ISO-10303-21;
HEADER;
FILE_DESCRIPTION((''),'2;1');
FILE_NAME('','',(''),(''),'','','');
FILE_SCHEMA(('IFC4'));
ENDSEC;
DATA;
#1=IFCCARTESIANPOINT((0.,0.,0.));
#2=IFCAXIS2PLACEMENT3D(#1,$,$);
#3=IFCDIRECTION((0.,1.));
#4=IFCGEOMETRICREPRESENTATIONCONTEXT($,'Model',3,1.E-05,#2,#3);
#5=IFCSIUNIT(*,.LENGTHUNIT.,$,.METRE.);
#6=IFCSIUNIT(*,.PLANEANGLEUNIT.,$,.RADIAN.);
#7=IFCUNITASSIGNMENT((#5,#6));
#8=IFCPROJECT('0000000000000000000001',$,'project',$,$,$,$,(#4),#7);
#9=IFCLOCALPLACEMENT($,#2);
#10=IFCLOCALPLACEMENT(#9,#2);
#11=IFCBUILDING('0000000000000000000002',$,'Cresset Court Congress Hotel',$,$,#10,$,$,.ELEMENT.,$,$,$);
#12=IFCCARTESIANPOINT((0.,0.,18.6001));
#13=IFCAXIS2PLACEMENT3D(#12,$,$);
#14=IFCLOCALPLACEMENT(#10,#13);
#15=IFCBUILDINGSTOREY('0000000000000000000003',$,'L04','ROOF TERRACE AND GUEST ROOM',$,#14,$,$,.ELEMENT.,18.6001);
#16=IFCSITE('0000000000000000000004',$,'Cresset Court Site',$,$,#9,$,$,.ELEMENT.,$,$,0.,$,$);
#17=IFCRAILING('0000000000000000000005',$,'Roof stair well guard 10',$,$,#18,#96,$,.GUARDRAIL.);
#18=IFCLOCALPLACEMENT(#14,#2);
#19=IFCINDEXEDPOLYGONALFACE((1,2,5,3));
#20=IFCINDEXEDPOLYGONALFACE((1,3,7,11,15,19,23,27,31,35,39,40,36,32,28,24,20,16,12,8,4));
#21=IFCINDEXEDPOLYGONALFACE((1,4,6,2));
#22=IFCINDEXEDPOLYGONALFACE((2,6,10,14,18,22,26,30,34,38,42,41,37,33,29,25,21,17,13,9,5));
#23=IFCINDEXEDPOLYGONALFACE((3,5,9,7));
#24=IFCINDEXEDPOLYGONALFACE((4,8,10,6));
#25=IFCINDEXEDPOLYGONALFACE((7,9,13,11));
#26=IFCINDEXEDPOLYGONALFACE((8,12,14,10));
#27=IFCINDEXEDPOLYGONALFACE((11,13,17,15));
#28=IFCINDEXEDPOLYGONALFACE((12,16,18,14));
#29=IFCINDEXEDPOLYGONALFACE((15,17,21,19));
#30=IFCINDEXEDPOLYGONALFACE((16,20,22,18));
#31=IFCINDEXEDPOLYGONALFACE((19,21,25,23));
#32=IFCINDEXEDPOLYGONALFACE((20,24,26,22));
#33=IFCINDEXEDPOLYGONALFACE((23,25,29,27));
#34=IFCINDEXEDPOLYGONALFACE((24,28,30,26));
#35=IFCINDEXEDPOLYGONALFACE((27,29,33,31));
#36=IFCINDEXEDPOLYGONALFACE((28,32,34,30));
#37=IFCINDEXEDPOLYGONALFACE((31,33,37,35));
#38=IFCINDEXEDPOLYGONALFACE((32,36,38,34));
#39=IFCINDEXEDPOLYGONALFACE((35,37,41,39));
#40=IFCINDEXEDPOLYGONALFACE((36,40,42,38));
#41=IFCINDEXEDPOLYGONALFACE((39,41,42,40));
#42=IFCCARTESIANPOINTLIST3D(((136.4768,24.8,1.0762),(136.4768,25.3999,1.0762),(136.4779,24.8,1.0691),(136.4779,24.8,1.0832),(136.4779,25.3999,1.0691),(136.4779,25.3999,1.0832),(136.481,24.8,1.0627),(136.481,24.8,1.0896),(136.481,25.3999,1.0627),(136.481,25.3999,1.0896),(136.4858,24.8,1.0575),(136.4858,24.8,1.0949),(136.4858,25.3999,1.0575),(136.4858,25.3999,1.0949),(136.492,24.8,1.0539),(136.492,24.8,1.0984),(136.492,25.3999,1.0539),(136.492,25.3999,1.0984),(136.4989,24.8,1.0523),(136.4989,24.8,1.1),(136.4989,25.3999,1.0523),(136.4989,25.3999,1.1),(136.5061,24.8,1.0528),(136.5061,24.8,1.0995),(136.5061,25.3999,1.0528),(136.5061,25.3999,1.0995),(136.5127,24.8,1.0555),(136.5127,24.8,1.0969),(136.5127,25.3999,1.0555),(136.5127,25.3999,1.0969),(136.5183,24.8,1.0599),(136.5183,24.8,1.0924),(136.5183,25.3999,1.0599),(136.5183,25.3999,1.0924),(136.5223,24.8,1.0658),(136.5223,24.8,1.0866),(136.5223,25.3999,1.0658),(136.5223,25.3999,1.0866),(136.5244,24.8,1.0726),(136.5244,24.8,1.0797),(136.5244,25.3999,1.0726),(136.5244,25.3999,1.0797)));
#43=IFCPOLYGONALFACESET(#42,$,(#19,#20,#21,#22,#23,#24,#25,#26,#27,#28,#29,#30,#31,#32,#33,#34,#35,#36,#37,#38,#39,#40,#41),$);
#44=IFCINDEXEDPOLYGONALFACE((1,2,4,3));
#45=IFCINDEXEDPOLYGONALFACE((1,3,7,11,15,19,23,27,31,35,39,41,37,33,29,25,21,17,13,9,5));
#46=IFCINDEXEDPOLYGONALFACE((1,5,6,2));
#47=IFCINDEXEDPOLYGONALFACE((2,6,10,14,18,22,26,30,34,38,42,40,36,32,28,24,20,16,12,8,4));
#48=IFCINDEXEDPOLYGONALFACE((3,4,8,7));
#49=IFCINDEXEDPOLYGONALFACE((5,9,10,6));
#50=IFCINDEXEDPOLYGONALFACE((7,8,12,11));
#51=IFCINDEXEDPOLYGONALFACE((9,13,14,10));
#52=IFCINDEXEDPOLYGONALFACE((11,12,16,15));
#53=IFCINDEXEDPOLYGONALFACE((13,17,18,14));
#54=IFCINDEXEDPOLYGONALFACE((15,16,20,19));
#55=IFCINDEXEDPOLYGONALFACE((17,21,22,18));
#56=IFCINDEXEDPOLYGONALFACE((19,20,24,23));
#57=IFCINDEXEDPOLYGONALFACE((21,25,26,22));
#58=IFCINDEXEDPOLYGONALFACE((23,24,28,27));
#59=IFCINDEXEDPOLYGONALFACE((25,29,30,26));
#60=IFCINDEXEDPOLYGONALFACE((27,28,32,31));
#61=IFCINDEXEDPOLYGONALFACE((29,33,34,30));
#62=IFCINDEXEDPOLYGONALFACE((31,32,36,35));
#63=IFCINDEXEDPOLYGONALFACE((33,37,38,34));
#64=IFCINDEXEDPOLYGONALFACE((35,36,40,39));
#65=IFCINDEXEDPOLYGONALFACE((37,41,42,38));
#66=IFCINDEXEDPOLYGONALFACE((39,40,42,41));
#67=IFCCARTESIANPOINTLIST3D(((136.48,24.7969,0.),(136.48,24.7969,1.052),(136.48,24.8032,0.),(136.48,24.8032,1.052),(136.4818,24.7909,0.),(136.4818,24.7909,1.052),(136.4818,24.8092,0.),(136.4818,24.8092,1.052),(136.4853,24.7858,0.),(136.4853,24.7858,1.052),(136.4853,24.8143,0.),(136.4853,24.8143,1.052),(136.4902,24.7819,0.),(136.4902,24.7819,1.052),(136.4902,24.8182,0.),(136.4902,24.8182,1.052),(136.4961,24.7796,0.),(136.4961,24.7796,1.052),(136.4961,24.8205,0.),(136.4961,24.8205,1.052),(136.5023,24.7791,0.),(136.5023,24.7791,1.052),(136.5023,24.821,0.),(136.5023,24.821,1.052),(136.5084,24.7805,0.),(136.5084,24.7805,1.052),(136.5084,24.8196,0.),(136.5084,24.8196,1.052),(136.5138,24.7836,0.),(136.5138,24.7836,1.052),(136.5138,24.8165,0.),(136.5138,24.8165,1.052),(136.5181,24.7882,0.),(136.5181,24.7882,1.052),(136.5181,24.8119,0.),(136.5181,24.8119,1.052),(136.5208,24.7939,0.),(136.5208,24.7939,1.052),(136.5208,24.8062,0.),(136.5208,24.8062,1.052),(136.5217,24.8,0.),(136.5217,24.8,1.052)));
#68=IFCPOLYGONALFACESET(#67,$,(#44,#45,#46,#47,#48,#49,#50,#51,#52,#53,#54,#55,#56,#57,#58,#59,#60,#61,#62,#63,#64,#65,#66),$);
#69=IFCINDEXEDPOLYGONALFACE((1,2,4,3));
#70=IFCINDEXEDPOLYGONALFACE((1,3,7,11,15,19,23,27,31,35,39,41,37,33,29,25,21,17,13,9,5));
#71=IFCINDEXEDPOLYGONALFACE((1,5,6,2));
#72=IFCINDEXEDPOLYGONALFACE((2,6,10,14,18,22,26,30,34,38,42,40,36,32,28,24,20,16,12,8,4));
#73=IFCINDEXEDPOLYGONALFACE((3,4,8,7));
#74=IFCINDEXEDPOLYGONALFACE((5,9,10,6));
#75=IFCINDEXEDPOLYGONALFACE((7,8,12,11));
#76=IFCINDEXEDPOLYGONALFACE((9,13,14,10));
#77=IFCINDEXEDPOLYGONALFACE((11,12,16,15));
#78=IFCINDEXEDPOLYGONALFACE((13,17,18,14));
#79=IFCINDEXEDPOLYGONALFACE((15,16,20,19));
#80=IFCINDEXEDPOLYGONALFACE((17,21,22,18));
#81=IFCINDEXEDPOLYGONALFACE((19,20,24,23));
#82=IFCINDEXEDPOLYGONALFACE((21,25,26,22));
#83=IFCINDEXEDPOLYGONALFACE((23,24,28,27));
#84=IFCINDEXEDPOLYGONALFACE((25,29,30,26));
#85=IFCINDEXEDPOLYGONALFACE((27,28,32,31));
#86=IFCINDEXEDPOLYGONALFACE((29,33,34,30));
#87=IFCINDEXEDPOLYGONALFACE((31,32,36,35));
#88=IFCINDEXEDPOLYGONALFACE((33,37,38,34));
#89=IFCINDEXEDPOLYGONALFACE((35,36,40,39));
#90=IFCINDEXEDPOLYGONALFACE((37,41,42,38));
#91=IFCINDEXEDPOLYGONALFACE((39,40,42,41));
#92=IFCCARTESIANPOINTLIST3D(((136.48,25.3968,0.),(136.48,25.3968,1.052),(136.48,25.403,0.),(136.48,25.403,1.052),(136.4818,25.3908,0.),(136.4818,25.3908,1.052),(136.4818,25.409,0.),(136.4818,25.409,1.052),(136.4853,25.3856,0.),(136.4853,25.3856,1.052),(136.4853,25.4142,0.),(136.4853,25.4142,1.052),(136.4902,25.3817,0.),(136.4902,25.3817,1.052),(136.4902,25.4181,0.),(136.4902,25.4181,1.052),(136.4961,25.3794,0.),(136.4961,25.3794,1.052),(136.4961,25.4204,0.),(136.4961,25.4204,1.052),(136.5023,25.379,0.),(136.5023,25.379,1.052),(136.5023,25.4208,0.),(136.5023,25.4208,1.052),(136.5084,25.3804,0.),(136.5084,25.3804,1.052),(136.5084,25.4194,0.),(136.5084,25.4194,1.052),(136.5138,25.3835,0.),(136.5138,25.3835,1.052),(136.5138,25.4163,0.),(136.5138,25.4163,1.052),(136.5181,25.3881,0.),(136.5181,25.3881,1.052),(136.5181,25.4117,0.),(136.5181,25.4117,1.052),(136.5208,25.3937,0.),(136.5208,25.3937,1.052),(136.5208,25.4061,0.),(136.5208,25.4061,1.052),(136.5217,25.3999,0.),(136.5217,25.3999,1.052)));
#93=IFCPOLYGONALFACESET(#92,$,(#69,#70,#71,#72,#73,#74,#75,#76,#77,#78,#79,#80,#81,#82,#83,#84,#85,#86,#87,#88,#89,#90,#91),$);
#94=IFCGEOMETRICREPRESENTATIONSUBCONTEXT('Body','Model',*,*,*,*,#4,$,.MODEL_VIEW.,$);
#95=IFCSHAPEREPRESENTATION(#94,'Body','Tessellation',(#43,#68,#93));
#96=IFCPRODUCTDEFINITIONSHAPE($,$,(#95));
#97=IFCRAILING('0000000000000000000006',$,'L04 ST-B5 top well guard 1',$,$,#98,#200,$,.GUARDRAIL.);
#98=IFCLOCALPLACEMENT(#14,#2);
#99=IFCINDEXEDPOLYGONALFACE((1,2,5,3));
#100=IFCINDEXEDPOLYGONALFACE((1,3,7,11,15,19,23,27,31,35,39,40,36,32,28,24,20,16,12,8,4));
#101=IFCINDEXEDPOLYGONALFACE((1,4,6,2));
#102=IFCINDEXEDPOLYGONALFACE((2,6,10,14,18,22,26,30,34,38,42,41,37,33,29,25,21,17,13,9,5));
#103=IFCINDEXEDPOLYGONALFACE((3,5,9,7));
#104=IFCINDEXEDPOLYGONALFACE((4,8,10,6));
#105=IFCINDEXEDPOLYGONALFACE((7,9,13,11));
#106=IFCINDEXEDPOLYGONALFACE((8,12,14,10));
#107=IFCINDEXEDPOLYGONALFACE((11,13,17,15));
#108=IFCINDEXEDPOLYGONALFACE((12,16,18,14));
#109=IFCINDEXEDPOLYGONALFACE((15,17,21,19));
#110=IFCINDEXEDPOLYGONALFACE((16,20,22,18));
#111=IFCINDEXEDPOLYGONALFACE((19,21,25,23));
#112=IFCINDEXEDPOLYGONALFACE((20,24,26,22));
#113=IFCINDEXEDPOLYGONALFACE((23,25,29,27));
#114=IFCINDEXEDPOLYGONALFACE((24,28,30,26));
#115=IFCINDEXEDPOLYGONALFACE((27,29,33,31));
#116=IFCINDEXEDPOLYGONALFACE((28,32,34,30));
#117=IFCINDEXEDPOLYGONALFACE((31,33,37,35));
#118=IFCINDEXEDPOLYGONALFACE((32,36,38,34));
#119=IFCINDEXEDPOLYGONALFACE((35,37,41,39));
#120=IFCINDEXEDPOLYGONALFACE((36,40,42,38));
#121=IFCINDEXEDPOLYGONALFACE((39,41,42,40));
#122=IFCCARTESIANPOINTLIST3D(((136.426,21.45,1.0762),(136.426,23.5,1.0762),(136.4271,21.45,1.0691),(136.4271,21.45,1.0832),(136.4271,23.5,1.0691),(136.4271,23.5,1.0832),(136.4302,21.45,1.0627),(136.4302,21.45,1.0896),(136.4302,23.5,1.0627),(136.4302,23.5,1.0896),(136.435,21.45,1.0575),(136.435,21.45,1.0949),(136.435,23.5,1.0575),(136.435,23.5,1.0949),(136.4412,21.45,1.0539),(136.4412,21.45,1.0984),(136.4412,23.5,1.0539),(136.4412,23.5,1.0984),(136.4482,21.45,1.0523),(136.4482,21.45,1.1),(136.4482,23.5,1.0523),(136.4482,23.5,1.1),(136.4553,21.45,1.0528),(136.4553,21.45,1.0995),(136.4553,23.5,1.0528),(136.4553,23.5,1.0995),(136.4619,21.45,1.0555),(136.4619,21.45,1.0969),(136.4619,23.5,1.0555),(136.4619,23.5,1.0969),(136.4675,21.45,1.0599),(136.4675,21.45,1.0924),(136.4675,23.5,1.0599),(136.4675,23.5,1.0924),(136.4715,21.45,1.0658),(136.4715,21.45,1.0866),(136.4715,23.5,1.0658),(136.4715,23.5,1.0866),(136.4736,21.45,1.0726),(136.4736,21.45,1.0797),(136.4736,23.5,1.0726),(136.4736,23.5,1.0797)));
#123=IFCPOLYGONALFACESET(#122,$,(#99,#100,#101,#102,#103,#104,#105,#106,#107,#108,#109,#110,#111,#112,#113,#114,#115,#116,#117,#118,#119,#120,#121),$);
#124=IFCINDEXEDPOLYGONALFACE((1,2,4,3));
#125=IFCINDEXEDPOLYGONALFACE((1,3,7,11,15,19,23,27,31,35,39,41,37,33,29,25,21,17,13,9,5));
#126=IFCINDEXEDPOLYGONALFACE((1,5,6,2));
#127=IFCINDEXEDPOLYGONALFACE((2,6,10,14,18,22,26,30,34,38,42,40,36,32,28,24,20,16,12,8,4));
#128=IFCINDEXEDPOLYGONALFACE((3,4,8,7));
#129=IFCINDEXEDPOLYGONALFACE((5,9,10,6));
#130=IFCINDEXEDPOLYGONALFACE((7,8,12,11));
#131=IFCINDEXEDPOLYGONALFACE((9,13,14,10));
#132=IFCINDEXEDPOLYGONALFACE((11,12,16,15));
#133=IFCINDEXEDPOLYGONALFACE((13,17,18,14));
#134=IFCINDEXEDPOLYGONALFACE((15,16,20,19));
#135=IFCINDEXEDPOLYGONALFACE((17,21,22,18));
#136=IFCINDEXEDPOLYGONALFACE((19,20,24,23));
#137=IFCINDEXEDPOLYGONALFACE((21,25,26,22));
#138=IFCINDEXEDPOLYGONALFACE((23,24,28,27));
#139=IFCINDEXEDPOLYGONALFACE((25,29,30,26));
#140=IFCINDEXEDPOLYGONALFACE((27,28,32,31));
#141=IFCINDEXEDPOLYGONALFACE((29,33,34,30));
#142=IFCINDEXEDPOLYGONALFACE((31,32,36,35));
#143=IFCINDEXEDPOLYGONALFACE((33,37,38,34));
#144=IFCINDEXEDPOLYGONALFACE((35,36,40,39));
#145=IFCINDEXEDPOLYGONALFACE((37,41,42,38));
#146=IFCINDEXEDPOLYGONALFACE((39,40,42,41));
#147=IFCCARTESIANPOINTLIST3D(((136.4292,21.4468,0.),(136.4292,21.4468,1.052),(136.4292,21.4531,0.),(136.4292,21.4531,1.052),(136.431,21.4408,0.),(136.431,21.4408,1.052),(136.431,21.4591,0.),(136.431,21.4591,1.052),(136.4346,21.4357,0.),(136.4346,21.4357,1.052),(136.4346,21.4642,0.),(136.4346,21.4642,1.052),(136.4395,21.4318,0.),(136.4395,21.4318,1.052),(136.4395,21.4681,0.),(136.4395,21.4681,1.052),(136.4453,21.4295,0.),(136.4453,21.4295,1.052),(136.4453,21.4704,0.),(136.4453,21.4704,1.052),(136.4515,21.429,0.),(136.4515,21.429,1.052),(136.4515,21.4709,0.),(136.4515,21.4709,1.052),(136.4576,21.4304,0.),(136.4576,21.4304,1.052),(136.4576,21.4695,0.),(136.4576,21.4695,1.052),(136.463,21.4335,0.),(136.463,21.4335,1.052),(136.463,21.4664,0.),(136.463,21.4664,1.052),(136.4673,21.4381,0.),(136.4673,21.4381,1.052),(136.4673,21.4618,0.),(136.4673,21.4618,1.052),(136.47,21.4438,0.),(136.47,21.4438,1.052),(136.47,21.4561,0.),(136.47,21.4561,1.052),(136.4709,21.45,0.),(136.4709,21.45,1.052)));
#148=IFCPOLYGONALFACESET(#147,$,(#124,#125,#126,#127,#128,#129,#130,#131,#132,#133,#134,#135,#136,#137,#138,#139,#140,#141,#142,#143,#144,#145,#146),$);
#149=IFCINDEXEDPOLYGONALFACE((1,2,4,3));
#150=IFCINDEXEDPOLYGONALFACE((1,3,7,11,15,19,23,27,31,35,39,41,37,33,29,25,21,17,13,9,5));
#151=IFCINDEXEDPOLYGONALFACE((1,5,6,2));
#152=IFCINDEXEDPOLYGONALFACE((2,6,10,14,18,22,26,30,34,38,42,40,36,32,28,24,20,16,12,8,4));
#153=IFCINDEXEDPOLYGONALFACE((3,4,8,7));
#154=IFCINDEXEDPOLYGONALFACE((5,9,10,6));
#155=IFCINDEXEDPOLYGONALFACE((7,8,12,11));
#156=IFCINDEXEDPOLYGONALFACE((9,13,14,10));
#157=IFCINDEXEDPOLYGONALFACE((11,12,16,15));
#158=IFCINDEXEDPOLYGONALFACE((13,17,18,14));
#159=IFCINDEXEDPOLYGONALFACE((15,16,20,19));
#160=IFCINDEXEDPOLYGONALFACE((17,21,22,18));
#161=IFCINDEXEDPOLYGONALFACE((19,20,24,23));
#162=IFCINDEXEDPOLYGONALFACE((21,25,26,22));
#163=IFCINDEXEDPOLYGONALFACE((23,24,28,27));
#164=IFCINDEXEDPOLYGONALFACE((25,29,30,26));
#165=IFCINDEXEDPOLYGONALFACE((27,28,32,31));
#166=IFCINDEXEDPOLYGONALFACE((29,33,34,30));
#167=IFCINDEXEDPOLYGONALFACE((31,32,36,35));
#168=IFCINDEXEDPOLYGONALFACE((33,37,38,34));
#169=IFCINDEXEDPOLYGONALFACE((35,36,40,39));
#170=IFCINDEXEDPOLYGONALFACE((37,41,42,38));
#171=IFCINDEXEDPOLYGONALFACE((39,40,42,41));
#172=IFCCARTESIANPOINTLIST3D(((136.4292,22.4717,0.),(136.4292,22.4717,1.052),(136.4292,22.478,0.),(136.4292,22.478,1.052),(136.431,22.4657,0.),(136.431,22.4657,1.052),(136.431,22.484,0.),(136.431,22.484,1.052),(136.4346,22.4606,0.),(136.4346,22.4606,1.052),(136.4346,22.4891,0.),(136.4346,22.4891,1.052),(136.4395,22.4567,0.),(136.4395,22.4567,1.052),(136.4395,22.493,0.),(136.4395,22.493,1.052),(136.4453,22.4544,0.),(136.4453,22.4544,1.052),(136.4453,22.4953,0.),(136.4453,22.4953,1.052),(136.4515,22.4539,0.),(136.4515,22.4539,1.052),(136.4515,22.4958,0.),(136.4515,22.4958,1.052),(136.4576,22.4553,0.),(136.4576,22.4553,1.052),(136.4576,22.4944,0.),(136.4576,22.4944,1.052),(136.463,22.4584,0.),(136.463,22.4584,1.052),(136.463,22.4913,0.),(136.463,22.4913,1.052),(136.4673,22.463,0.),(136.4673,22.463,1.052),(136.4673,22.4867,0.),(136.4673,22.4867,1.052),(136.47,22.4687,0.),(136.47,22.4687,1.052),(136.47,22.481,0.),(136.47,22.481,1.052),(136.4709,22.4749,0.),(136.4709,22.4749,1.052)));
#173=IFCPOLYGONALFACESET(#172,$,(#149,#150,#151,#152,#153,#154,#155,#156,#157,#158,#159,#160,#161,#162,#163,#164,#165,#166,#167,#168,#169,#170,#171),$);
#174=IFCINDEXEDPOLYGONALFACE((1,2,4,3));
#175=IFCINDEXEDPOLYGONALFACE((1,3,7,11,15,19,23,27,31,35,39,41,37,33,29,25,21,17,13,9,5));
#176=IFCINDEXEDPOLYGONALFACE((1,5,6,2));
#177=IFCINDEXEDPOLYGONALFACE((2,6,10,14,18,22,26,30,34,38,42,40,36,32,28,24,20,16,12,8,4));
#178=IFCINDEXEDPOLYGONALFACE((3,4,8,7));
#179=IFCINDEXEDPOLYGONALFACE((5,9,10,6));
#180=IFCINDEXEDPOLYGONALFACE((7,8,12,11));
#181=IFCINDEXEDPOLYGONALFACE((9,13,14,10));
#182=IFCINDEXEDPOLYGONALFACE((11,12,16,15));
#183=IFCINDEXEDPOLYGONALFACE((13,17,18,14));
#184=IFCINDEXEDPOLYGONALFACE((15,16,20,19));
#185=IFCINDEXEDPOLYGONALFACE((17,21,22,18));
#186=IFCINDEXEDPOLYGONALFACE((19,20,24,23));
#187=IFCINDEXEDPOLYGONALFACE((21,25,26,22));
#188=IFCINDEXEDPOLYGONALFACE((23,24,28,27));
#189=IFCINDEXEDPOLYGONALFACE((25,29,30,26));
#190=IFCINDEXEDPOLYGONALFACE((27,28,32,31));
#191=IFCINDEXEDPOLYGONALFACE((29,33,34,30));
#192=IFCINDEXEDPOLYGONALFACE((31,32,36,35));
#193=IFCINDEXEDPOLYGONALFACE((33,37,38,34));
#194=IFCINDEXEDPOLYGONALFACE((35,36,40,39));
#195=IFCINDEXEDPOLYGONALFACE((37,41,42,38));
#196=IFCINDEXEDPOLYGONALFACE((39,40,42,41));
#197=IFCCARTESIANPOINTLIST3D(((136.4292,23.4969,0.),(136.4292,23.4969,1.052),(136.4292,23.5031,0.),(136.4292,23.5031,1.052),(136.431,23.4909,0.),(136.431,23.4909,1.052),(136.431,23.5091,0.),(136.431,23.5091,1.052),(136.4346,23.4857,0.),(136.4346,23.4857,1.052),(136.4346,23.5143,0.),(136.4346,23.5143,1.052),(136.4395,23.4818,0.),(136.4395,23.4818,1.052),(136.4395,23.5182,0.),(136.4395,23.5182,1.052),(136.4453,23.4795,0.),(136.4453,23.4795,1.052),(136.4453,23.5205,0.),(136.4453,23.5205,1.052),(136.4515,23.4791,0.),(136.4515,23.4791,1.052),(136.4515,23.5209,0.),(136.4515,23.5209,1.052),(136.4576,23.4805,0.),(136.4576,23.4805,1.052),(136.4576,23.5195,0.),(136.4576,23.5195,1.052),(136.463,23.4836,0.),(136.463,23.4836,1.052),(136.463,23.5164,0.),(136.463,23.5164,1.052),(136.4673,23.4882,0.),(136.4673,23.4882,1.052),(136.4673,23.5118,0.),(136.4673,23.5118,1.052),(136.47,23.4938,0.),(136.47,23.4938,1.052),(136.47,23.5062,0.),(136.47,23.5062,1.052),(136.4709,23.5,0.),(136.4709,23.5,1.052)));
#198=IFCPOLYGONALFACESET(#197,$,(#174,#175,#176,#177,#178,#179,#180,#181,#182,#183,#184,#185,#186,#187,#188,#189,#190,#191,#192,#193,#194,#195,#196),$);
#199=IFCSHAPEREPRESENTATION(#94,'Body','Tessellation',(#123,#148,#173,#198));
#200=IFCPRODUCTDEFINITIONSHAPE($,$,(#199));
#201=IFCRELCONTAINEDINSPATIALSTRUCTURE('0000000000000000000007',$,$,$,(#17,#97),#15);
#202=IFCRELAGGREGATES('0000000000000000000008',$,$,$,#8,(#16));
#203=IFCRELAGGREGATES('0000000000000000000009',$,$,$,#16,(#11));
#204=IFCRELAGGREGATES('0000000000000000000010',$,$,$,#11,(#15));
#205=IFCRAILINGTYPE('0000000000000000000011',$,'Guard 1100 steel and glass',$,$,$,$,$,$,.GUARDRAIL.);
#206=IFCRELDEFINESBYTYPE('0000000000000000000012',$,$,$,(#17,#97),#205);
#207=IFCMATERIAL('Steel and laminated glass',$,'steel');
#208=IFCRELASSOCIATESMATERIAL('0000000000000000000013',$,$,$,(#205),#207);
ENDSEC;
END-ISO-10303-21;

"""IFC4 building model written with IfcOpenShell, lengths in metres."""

from ifc_helpers import new_model, si_unit, direction, frame, origin, origin_2d, place, context, subcontext, project, spatial, circle, extrude, material, type_object, element, save


model = new_model("IFC4")

# Units and contexts
model_context = context("Model", 3, precision=1e-05, world=origin(), true_north=direction((0.0, 1.0)))
body_context = subcontext(model_context, "Body", "Model", "MODEL_VIEW")
ifc_project = project(units=[si_unit("LENGTHUNIT", "METRE"), si_unit("PLANEANGLEUNIT", "RADIAN")], contexts=[model_context])

# Site, building, storey
site_placement = place(None, origin())
site = spatial("IfcSite", under=ifc_project, at=site_placement, Name="Cresset Court Site", CompositionType="ELEMENT", RefElevation=0.0)
building_placement = place(site_placement, origin())
building = spatial("IfcBuilding", under=site, at=building_placement, Name="Cresset Court Congress Hotel", CompositionType="ELEMENT")
storey_placement = place(building_placement, frame((0.0, 0.0, 18.6001)))
storey = spatial("IfcBuildingStorey", under=building, at=storey_placement, Name="L04", Description="ROOF TERRACE AND GUEST ROOM", CompositionType="ELEMENT", Elevation=18.6001)

# Railings
ifc_material_1 = material(Name="Steel and laminated glass", Category="steel")
railing_type_1 = type_object("IfcRailingType", Name="Guard 1100 steel and glass", PredefinedType="GUARDRAIL", material=ifc_material_1)
for number, where, name in (
    (1, (136.5007, 24.8, 0.0), "Roof stair well guard 10"),
):
    element("IfcRailing", number, at=place(storey_placement, frame(where)), inside=storey, type_object=railing_type_1, Name=name, PredefinedType="GUARDRAIL", context=body_context, shape_type="SweptSolid", body=[
        extrude(circle(Radius=0.0239, at=origin_2d()), frame((0.0, 0.0, 1.0762), z_axis=(0.0, 1.0, 0.0), x_axis=(-1.0, 0.0, 0.0)), (0.0, 0.0, 1.0), 0.5999),
        extrude(circle(Radius=0.021, at=origin_2d()), origin(), (0.0, 0.0, 1.0), 1.052),
        extrude(circle(Radius=0.021, at=origin_2d()), frame((0.0, 0.5999, 0.0)), (0.0, 0.0, 1.0), 1.052),
    ])
railing_placement = place(storey_placement, frame((136.45, 21.45, 0.0)))
element("IfcRailing", 2, at=railing_placement, inside=storey, type_object=railing_type_1, Name="L04 ST-B5 top well guard 1", PredefinedType="GUARDRAIL", context=body_context, shape_type="SweptSolid", body=[
    extrude(circle(Radius=0.0239, at=origin_2d()), frame((0.0, 0.0, 1.0762), z_axis=(0.0, 1.0, 0.0), x_axis=(-1.0, 0.0, 0.0)), (0.0, 0.0, 1.0), 2.05),
    extrude(circle(Radius=0.021, at=origin_2d()), origin(), (0.0, 0.0, 1.0), 1.052),
    extrude(circle(Radius=0.021, at=origin_2d()), frame((0.0, 1.0249, 0.0)), (0.0, 0.0, 1.0), 1.052),
    extrude(circle(Radius=0.021, at=origin_2d()), frame((0.0, 2.05, 0.0)), (0.0, 0.0, 1.0), 1.052),
])

save(model, "model.ifc")
